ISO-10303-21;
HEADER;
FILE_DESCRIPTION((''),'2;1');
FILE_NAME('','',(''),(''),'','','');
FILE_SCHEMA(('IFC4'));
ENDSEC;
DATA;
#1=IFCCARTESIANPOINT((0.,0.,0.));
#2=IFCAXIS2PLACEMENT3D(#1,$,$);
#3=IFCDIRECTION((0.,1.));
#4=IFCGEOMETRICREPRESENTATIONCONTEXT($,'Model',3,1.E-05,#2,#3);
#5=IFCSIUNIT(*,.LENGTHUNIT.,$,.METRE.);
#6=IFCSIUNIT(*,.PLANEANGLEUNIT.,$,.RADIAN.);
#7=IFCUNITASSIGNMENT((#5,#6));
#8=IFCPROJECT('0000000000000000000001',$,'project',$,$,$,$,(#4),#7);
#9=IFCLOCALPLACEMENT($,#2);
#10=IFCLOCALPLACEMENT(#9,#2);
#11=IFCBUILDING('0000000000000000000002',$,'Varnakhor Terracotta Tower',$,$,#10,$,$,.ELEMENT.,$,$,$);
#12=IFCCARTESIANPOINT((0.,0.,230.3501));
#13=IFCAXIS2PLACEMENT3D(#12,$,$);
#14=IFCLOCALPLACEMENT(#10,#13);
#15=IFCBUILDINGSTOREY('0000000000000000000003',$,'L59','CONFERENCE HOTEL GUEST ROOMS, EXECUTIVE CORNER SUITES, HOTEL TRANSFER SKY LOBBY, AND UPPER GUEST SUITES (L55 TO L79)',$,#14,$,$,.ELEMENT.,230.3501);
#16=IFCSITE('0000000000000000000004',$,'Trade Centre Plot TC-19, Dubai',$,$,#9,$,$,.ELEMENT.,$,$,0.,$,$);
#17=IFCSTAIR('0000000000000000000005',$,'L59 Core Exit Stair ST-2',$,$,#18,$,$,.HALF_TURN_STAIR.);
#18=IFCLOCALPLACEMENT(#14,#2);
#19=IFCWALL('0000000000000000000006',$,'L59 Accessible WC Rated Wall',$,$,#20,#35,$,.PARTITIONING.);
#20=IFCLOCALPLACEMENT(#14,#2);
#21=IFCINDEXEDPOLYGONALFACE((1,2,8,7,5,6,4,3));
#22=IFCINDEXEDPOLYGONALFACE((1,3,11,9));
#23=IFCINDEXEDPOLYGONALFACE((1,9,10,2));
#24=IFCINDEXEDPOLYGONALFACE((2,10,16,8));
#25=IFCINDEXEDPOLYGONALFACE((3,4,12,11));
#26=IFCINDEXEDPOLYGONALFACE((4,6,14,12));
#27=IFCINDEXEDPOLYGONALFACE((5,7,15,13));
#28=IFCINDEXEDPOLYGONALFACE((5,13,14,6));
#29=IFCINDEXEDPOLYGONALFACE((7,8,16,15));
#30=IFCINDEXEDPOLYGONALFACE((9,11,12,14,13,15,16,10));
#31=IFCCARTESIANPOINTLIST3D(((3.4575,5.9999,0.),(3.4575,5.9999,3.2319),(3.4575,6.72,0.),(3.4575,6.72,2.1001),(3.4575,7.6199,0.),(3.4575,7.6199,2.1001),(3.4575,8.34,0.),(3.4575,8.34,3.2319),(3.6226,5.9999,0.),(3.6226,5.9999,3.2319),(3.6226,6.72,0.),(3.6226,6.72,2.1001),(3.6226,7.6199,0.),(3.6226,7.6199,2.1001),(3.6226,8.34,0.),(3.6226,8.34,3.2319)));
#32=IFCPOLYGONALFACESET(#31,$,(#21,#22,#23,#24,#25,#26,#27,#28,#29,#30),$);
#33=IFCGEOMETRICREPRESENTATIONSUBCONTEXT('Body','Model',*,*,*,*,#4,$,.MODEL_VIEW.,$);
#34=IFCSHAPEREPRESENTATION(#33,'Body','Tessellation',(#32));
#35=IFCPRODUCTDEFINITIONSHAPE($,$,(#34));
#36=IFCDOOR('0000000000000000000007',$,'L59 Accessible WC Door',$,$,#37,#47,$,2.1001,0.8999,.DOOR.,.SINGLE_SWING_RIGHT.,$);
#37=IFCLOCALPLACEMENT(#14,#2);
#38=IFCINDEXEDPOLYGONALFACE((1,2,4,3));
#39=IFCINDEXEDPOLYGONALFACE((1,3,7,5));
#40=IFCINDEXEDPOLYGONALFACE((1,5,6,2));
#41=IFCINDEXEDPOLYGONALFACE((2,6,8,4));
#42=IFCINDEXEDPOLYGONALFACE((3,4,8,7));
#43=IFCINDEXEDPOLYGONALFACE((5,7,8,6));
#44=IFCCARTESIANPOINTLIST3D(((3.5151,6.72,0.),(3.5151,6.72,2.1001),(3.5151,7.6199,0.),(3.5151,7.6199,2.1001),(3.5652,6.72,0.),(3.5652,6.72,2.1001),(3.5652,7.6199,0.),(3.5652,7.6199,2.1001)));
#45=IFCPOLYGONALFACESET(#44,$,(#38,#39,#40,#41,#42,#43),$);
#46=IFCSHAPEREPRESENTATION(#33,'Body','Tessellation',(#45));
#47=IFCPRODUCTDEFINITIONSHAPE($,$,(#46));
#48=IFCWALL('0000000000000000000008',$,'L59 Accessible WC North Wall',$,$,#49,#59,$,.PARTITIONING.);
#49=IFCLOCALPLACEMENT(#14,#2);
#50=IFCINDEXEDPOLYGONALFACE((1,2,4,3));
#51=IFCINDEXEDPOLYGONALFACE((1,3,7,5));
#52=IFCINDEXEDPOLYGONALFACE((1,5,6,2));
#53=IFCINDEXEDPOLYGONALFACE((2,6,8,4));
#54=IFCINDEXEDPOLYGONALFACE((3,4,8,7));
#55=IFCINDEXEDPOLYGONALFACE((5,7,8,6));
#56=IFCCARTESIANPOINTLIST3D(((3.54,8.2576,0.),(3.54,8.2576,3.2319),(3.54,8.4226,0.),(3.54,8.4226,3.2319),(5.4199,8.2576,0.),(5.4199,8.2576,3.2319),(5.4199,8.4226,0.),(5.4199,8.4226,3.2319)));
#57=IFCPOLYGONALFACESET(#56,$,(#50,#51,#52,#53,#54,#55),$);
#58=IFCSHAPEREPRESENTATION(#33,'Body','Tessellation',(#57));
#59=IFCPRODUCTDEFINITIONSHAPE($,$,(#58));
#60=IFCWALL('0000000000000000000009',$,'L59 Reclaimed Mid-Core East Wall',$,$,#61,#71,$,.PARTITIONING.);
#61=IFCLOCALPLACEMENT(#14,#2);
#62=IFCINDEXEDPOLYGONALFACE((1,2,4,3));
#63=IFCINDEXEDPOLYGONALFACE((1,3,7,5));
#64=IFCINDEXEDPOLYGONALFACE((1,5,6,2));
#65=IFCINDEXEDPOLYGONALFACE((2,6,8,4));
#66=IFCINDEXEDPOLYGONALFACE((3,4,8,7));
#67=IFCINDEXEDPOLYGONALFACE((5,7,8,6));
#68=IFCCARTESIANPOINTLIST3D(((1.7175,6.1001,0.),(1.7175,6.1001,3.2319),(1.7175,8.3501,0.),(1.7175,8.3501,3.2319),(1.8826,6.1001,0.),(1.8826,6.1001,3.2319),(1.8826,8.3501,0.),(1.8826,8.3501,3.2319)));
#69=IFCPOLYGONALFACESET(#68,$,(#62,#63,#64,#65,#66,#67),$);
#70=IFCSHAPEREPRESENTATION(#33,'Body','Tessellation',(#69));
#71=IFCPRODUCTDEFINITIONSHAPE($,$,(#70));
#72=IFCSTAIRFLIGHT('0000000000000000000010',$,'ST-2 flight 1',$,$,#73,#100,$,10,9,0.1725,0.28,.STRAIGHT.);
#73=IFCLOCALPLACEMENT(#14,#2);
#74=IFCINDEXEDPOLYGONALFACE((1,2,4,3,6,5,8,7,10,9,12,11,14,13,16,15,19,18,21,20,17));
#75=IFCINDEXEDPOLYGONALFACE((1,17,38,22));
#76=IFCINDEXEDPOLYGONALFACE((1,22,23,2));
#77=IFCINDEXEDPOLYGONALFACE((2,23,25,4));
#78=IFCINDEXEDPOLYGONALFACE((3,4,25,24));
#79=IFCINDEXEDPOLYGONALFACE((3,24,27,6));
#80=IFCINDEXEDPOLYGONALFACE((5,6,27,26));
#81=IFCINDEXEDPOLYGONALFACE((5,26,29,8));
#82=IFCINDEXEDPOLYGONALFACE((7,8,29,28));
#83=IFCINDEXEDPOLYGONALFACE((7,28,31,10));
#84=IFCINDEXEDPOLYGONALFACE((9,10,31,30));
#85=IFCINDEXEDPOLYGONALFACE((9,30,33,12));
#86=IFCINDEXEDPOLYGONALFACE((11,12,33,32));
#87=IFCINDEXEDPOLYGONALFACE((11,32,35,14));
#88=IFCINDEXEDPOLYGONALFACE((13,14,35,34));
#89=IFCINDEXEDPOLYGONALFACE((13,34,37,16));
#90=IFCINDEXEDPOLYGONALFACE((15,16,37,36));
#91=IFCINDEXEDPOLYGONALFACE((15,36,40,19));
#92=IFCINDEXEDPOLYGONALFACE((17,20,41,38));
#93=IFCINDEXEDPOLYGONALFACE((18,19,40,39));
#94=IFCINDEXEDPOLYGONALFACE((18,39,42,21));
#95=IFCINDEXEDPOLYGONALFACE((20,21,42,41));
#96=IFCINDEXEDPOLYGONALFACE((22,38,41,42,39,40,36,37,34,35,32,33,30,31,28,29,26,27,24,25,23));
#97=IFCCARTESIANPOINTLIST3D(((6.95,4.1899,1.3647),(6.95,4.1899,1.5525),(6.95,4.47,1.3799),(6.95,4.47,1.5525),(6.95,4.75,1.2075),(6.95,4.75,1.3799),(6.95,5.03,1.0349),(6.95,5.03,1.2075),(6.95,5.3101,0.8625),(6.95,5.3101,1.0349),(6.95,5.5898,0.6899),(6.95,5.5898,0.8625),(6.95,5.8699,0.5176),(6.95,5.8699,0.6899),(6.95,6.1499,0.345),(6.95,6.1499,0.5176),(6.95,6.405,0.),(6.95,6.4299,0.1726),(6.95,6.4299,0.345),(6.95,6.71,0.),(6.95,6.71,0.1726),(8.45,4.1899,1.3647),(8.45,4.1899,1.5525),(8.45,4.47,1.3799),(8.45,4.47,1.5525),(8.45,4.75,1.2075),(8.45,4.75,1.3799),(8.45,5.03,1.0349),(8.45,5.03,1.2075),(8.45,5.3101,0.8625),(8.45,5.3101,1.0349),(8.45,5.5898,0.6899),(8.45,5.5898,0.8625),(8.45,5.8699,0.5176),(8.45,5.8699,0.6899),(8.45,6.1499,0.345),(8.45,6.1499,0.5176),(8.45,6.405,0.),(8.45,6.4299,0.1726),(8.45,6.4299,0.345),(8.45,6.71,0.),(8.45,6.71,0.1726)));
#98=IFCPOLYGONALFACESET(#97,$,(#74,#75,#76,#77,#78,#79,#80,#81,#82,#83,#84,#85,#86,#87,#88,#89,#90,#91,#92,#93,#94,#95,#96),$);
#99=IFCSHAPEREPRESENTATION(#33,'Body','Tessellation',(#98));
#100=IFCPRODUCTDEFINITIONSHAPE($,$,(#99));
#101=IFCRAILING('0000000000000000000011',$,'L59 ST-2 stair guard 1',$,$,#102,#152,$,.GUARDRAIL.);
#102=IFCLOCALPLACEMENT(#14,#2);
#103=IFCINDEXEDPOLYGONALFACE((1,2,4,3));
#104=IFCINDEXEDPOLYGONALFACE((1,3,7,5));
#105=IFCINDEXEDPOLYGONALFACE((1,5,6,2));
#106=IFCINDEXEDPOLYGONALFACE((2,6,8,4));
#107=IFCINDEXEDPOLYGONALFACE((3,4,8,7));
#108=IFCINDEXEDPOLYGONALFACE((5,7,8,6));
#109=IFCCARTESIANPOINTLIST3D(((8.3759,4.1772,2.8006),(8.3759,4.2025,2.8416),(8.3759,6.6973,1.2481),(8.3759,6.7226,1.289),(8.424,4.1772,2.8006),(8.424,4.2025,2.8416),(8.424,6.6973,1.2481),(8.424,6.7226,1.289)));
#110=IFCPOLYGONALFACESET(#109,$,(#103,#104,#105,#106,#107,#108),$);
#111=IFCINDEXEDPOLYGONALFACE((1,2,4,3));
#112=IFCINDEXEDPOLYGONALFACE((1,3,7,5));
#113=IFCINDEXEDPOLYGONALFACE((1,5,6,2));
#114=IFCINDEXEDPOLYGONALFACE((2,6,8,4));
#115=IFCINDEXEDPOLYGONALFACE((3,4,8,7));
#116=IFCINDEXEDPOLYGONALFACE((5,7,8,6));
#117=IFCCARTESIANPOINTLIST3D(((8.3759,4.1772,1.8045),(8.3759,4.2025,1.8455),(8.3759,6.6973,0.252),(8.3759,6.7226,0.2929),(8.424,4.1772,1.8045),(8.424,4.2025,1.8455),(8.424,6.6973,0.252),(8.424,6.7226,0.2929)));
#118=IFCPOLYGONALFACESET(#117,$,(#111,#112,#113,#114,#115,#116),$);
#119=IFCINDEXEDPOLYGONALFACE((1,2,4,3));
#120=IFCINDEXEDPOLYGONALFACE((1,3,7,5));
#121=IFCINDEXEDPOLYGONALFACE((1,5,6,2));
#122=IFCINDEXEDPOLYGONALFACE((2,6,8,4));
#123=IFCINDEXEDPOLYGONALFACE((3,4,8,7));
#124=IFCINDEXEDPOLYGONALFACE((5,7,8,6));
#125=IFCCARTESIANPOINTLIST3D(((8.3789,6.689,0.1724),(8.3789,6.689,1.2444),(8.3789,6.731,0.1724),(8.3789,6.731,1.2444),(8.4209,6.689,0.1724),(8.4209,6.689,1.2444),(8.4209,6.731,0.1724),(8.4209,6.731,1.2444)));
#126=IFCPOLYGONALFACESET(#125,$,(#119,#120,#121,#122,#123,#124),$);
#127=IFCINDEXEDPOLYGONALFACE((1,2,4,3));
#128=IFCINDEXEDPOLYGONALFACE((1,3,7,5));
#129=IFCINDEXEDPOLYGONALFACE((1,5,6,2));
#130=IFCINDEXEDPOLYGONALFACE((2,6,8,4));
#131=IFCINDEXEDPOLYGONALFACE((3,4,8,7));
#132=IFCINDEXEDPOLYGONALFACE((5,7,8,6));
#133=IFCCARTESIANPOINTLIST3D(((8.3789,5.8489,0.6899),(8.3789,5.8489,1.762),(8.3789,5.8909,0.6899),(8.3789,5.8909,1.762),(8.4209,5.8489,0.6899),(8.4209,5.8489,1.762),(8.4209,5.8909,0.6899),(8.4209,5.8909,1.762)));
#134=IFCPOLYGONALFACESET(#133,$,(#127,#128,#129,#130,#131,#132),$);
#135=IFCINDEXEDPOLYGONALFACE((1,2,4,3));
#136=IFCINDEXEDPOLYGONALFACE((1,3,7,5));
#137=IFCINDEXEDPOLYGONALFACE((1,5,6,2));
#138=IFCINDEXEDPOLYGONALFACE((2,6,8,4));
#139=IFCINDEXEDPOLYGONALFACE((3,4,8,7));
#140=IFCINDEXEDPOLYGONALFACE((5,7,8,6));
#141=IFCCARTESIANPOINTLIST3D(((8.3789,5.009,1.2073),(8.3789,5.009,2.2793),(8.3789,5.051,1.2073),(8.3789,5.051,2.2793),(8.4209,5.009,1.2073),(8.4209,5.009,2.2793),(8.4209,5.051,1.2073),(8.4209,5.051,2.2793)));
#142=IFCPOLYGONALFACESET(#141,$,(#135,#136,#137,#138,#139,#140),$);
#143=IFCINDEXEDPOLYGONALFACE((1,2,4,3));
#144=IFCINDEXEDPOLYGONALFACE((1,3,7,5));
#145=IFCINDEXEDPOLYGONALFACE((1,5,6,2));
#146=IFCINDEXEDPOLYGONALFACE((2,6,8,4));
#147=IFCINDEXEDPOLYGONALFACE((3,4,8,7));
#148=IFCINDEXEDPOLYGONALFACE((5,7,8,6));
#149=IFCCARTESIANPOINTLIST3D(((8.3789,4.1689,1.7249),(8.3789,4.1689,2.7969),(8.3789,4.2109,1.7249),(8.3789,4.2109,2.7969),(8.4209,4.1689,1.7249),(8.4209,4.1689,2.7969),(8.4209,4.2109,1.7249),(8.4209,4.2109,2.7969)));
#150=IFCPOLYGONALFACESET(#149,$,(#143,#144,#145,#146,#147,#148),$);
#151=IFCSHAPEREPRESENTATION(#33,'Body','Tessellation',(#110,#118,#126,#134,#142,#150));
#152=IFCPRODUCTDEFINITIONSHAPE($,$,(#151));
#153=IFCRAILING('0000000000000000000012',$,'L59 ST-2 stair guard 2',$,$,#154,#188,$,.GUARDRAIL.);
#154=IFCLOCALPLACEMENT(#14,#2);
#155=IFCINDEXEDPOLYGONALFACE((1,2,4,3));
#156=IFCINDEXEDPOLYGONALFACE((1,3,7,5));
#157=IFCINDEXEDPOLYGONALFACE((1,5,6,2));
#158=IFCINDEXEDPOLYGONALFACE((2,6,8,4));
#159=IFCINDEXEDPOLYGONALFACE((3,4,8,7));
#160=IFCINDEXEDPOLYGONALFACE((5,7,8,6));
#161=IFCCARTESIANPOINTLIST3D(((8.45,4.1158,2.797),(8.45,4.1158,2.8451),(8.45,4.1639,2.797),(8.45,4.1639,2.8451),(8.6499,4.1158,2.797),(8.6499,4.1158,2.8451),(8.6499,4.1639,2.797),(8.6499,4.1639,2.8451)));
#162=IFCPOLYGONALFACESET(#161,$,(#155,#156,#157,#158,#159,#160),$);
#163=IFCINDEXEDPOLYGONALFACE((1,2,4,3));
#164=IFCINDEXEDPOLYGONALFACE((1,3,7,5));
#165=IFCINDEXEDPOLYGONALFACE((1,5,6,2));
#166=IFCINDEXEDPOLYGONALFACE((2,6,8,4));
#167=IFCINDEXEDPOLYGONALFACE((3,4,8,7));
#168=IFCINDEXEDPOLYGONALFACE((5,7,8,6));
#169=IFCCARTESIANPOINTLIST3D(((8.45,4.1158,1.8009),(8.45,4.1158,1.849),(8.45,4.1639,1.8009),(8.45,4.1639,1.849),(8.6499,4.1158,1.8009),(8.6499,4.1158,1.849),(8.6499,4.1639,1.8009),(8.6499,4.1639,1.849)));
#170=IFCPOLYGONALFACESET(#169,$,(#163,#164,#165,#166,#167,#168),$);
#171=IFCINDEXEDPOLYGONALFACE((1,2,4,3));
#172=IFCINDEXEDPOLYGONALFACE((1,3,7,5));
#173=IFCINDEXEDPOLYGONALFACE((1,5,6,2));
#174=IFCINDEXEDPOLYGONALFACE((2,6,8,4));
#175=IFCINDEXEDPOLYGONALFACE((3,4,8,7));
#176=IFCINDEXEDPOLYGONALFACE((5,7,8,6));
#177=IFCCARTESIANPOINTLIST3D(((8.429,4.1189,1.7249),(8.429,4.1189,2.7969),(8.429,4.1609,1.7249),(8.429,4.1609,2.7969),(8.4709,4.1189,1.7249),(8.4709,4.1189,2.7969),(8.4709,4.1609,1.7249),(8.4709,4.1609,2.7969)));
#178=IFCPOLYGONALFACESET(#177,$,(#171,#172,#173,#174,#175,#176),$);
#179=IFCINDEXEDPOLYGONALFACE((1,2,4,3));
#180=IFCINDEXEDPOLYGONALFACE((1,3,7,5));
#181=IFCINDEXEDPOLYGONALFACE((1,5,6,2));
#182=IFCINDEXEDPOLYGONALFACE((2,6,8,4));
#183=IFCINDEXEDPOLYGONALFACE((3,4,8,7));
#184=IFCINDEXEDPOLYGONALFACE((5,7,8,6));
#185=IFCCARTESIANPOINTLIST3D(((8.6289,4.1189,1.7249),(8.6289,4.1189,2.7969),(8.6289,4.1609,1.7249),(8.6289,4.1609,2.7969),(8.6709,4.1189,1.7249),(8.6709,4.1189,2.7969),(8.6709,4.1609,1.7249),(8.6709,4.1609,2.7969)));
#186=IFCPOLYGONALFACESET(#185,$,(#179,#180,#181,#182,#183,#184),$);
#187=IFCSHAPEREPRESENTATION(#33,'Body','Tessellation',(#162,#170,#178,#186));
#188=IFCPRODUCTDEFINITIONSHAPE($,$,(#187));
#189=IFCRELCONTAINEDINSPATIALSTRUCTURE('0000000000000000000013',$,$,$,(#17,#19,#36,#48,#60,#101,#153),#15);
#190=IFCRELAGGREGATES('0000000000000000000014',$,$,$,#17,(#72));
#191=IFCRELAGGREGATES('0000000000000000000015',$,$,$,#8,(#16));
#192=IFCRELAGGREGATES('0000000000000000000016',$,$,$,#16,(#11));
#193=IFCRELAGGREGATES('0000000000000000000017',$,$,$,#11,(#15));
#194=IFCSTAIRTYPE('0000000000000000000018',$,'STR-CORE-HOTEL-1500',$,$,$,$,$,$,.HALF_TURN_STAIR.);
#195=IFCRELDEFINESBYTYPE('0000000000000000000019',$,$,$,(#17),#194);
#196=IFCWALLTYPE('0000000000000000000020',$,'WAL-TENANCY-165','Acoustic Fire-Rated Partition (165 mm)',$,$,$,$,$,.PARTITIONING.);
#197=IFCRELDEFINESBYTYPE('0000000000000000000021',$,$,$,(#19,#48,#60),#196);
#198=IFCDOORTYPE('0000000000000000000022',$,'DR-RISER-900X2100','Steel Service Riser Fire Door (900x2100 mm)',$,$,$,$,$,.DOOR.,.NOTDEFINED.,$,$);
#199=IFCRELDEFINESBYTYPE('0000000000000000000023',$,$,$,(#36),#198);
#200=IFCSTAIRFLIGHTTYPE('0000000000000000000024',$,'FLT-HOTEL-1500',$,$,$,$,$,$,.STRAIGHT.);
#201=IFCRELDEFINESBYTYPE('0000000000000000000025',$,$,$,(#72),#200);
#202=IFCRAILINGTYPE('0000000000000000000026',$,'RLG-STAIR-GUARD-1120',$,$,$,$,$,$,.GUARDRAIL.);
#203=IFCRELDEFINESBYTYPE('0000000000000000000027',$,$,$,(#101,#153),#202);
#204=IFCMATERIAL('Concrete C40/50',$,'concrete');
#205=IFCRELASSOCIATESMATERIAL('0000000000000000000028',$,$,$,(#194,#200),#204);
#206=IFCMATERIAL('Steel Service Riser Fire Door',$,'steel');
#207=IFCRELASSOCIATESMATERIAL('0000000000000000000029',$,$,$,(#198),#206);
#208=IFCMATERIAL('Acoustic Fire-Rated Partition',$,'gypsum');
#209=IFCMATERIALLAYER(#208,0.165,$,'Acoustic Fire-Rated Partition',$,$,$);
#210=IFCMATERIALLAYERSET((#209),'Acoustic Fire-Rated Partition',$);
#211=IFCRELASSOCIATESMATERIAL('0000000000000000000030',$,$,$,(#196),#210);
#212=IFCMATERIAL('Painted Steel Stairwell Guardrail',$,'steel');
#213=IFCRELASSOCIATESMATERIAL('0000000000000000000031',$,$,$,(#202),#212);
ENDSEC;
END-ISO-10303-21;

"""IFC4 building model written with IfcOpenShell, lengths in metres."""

from ifc_helpers import new_model, si_unit, direction, frame, frame_2d, origin, origin_2d, place, context, subcontext, project, spatial, polyline, rectangle, outline, extrude, source, transform, mapped, material, layer, layer_set, type_object, type_shapes, element, fill, aggregate, save


model = new_model("IFC4")

# Units and contexts
model_context = context("Model", 3, precision=1e-05, world=origin(), true_north=direction((0.0, 1.0)))
body_context = subcontext(model_context, "Body", "Model", "MODEL_VIEW")
ifc_project = project(units=[si_unit("LENGTHUNIT", "METRE"), si_unit("PLANEANGLEUNIT", "RADIAN")], contexts=[model_context])

# Site, building, storey
site_placement = place(None, origin())
site = spatial("IfcSite", under=ifc_project, at=site_placement, Name="Trade Centre Plot TC-19, Dubai", CompositionType="ELEMENT", RefElevation=0.0)
building_placement = place(site_placement, origin())
building = spatial("IfcBuilding", under=site, at=building_placement, Name="Varnakhor Terracotta Tower", CompositionType="ELEMENT")
storey_placement = place(building_placement, frame((0.0, 0.0, 230.3501)))
storey = spatial("IfcBuildingStorey", under=building, at=storey_placement, Name="L59", Description="CONFERENCE HOTEL GUEST ROOMS, EXECUTIVE CORNER SUITES, HOTEL TRANSFER SKY LOBBY, AND UPPER GUEST SUITES (L55 TO L79)", CompositionType="ELEMENT", Elevation=230.3501)

# Shared definitions
ifc_material_1 = material(Name="Concrete C40/50", Category="concrete")

# Stair
stair_type = type_object("IfcStairType", Name="STR-CORE-HOTEL-1500", PredefinedType="HALF_TURN_STAIR", material=ifc_material_1)
stair_1_placement = place(storey_placement, origin())
stair_1 = element("IfcStair", 1, at=stair_1_placement, inside=storey, type_object=stair_type, Name="L59 Core Exit Stair ST-2", PredefinedType="HALF_TURN_STAIR")

# Shared definitions
ifc_material_2 = material(Name="Acoustic Fire-Rated Partition", Category="gypsum")

# Wall, opening, door
ifc_material_3 = material(Name="Steel Service Riser Fire Door", Category="steel")
door_type_1 = type_object("IfcDoorType", Name="DR-RISER-900X2100", Description="Steel Service Riser Fire Door (900x2100 mm)", OperationType="NOTDEFINED", PredefinedType="DOOR", material=ifc_material_3)
shared_shape_1 = source(origin(), body_context, "Body", "SweptSolid", [
    extrude(rectangle(XDim=0.8999, YDim=2.1001, at=frame_2d((0.45, 1.05))), frame((0.0, 0.0249, 0.0), z_axis=(0.0, -1.0, 0.0), x_axis=(1.0, 0.0, 0.0)), (0.0, 0.0, 1.0), 0.05),
])
type_shapes(door_type_1, [shared_shape_1])
ifc_layer_1 = layer(ifc_material_2, 0.165, Name="Acoustic Fire-Rated Partition")
ifc_layer_set_1 = layer_set([ifc_layer_1], Name="Acoustic Fire-Rated Partition")
wall_type_1 = type_object("IfcWallType", Name="WAL-TENANCY-165", Description="Acoustic Fire-Rated Partition (165 mm)", PredefinedType="PARTITIONING", material=ifc_layer_set_1)
wall_1_placement = place(storey_placement, frame((3.54, 6.0, 0.0), z_axis=(0.0, 0.0, 1.0), x_axis=(0.0, 1.0, 0.0)))
wall_1 = element("IfcWall", 2, at=wall_1_placement, inside=storey, type_object=wall_type_1, Name="L59 Accessible WC Rated Wall", PredefinedType="PARTITIONING", context=body_context, shape_type="SweptSolid", body=[
    extrude(rectangle(XDim=2.3401, YDim=0.165, at=frame_2d((1.1699, 0.0))), origin(), (0.0, 0.0, 1.0), 3.2319),
])
opening_1_placement = place(wall_1_placement, frame((0.72, 0.0, 0.0)))
opening_1 = element("IfcOpeningElement", 3, at=opening_1_placement, cuts=wall_1, PredefinedType="OPENING", context=body_context, shape_type="SweptSolid", body=[
    extrude(rectangle(XDim=0.8999, YDim=2.1001, at=frame_2d((0.45, 1.05))), frame((0.0, 0.0925, 0.0), z_axis=(0.0, -1.0, 0.0), x_axis=(1.0, 0.0, 0.0)), (0.0, 0.0, 1.0), 0.1851),
])
door_1_placement = place(opening_1_placement, origin())
door_1 = element("IfcDoor", 4, at=door_1_placement, inside=storey, type_object=door_type_1, Name="L59 Accessible WC Door", OperationType="SINGLE_SWING_RIGHT", OverallHeight=2.1001, OverallWidth=0.8999, PredefinedType="DOOR", context=body_context, shape_type="MappedRepresentation", body=[
    mapped(shared_shape_1, transform((0.0, 0.0, 0.0), scale=1.0)),
])
fill(opening_1, door_1)

# Walls
wall_2_placement = place(storey_placement, frame((3.54, 8.3401, 0.0), z_axis=(0.0, 0.0, 1.0), x_axis=(1.0, 0.0, 0.0)))
element("IfcWall", 5, at=wall_2_placement, inside=storey, type_object=wall_type_1, Name="L59 Accessible WC North Wall", PredefinedType="PARTITIONING", context=body_context, shape_type="SweptSolid", body=[
    extrude(rectangle(XDim=1.8799, YDim=0.165, at=frame_2d((0.9399, 0.0))), origin(), (0.0, 0.0, 1.0), 3.2319),
])
wall_3_placement = place(storey_placement, frame((1.8, 6.1001, 0.0), z_axis=(0.0, 0.0, 1.0), x_axis=(0.0, 1.0, 0.0)))
element("IfcWall", 6, at=wall_3_placement, inside=storey, type_object=wall_type_1, Name="L59 Reclaimed Mid-Core East Wall", PredefinedType="PARTITIONING", context=body_context, shape_type="SweptSolid", body=[
    extrude(rectangle(XDim=2.25, YDim=0.165, at=frame_2d((1.125, 0.0))), origin(), (0.0, 0.0, 1.0), 3.2319),
])

# Stair flight
stair_flight_type = type_object("IfcStairFlightType", Name="FLT-HOTEL-1500", PredefinedType="STRAIGHT", material=ifc_material_1)
stair_flight_placement = place(storey_placement, frame((7.7, 6.71, 0.0), z_axis=(0.0, 0.0, 1.0), x_axis=(0.0, -1.0, 0.0)))
stair_flight = element("IfcStairFlight", 7, at=stair_flight_placement, type_object=stair_flight_type, Name="ST-2 flight 1", NumberOfRisers=10, NumberOfTreads=9, PredefinedType="STRAIGHT", RiserHeight=0.1725, TreadLength=0.28, context=body_context, shape_type="SweptSolid", body=[
    extrude(outline(polyline([(0.0, 0.0), (0.0, 0.1726), (0.28, 0.1726), (0.28, 0.345), (0.5601, 0.345), (0.5601, 0.5176), (0.8401, 0.5176), (0.8401, 0.6899), (1.1201, 0.6899), (1.1201, 0.8625), (1.3999, 0.8625), (1.3999, 1.0349), (1.6799, 1.0349), (1.6799, 1.2075), (1.96, 1.2075), (1.96, 1.3799), (2.24, 1.3799), (2.24, 1.5525), (2.52, 1.5525), (2.52, 1.7251), (2.52, 1.3647), (0.3049, 0.0), (0.0, 0.0)])), frame((0.0, 0.75, 0.0), z_axis=(0.0, -1.0, 0.0), x_axis=(1.0, 0.0, 0.0)), (0.0, 0.0, 1.0), 1.5),
])
aggregate(stair_1, [stair_flight])

# Railings
ifc_material_4 = material(Name="Painted Steel Stairwell Guardrail", Category="steel")
railing_type_1 = type_object("IfcRailingType", Name="RLG-STAIR-GUARD-1120", PredefinedType="GUARDRAIL", material=ifc_material_4)
railing_1_placement = place(storey_placement, frame((8.3999, 6.71, 0.1724)))
element("IfcRailing", 8, at=railing_1_placement, inside=storey, type_object=railing_type_1, Name="L59 ST-2 stair guard 1", PredefinedType="GUARDRAIL", context=body_context, shape_type="SweptSolid", body=[
    extrude(rectangle(XDim=0.0481, YDim=0.0481, at=origin_2d()), frame((0.0, 0.0, 1.0962), z_axis=(0.0, -0.8514, 0.524516), x_axis=(1.0, 0.0, 0.0)), (0.0, 0.0, 1.0), 2.96),
    extrude(rectangle(XDim=0.0481, YDim=0.0481, at=origin_2d()), frame((0.0, 0.0, 0.1001), z_axis=(0.0, -0.8514, 0.524516), x_axis=(1.0, 0.0, 0.0)), (0.0, 0.0, 1.0), 2.96),
    extrude(rectangle(XDim=0.042, YDim=0.042, at=origin_2d()), origin(), (0.0, 0.0, 1.0), 1.072),
    extrude(rectangle(XDim=0.042, YDim=0.042, at=origin_2d()), frame((0.0, -0.8401, 0.5176)), (0.0, 0.0, 1.0), 1.072),
    extrude(rectangle(XDim=0.042, YDim=0.042, at=origin_2d()), frame((0.0, -1.6799, 1.0349)), (0.0, 0.0, 1.0), 1.072),
    extrude(rectangle(XDim=0.042, YDim=0.042, at=origin_2d()), frame((0.0, -2.52, 1.5525)), (0.0, 0.0, 1.0), 1.072),
])
railing_2_placement = place(storey_placement, frame((8.45, 4.1399, 1.7249)))
element("IfcRailing", 9, at=railing_2_placement, inside=storey, type_object=railing_type_1, Name="L59 ST-2 stair guard 2", PredefinedType="GUARDRAIL", context=body_context, shape_type="SweptSolid", body=[
    extrude(rectangle(XDim=0.0481, YDim=0.0481, at=origin_2d()), frame((0.0, 0.0, 1.0962), z_axis=(1.0, 0.0, 0.0), x_axis=(0.0, 1.0, 0.0)), (0.0, 0.0, 1.0), 0.2),
    extrude(rectangle(XDim=0.0481, YDim=0.0481, at=origin_2d()), frame((0.0, 0.0, 0.1001), z_axis=(1.0, 0.0, 0.0), x_axis=(0.0, 1.0, 0.0)), (0.0, 0.0, 1.0), 0.2),
    extrude(rectangle(XDim=0.042, YDim=0.042, at=origin_2d()), origin(), (0.0, 0.0, 1.0), 1.072),
    extrude(rectangle(XDim=0.042, YDim=0.042, at=origin_2d()), frame((0.2, 0.0, 0.0)), (0.0, 0.0, 1.0), 1.072),
])

save(model, "model.ifc")
